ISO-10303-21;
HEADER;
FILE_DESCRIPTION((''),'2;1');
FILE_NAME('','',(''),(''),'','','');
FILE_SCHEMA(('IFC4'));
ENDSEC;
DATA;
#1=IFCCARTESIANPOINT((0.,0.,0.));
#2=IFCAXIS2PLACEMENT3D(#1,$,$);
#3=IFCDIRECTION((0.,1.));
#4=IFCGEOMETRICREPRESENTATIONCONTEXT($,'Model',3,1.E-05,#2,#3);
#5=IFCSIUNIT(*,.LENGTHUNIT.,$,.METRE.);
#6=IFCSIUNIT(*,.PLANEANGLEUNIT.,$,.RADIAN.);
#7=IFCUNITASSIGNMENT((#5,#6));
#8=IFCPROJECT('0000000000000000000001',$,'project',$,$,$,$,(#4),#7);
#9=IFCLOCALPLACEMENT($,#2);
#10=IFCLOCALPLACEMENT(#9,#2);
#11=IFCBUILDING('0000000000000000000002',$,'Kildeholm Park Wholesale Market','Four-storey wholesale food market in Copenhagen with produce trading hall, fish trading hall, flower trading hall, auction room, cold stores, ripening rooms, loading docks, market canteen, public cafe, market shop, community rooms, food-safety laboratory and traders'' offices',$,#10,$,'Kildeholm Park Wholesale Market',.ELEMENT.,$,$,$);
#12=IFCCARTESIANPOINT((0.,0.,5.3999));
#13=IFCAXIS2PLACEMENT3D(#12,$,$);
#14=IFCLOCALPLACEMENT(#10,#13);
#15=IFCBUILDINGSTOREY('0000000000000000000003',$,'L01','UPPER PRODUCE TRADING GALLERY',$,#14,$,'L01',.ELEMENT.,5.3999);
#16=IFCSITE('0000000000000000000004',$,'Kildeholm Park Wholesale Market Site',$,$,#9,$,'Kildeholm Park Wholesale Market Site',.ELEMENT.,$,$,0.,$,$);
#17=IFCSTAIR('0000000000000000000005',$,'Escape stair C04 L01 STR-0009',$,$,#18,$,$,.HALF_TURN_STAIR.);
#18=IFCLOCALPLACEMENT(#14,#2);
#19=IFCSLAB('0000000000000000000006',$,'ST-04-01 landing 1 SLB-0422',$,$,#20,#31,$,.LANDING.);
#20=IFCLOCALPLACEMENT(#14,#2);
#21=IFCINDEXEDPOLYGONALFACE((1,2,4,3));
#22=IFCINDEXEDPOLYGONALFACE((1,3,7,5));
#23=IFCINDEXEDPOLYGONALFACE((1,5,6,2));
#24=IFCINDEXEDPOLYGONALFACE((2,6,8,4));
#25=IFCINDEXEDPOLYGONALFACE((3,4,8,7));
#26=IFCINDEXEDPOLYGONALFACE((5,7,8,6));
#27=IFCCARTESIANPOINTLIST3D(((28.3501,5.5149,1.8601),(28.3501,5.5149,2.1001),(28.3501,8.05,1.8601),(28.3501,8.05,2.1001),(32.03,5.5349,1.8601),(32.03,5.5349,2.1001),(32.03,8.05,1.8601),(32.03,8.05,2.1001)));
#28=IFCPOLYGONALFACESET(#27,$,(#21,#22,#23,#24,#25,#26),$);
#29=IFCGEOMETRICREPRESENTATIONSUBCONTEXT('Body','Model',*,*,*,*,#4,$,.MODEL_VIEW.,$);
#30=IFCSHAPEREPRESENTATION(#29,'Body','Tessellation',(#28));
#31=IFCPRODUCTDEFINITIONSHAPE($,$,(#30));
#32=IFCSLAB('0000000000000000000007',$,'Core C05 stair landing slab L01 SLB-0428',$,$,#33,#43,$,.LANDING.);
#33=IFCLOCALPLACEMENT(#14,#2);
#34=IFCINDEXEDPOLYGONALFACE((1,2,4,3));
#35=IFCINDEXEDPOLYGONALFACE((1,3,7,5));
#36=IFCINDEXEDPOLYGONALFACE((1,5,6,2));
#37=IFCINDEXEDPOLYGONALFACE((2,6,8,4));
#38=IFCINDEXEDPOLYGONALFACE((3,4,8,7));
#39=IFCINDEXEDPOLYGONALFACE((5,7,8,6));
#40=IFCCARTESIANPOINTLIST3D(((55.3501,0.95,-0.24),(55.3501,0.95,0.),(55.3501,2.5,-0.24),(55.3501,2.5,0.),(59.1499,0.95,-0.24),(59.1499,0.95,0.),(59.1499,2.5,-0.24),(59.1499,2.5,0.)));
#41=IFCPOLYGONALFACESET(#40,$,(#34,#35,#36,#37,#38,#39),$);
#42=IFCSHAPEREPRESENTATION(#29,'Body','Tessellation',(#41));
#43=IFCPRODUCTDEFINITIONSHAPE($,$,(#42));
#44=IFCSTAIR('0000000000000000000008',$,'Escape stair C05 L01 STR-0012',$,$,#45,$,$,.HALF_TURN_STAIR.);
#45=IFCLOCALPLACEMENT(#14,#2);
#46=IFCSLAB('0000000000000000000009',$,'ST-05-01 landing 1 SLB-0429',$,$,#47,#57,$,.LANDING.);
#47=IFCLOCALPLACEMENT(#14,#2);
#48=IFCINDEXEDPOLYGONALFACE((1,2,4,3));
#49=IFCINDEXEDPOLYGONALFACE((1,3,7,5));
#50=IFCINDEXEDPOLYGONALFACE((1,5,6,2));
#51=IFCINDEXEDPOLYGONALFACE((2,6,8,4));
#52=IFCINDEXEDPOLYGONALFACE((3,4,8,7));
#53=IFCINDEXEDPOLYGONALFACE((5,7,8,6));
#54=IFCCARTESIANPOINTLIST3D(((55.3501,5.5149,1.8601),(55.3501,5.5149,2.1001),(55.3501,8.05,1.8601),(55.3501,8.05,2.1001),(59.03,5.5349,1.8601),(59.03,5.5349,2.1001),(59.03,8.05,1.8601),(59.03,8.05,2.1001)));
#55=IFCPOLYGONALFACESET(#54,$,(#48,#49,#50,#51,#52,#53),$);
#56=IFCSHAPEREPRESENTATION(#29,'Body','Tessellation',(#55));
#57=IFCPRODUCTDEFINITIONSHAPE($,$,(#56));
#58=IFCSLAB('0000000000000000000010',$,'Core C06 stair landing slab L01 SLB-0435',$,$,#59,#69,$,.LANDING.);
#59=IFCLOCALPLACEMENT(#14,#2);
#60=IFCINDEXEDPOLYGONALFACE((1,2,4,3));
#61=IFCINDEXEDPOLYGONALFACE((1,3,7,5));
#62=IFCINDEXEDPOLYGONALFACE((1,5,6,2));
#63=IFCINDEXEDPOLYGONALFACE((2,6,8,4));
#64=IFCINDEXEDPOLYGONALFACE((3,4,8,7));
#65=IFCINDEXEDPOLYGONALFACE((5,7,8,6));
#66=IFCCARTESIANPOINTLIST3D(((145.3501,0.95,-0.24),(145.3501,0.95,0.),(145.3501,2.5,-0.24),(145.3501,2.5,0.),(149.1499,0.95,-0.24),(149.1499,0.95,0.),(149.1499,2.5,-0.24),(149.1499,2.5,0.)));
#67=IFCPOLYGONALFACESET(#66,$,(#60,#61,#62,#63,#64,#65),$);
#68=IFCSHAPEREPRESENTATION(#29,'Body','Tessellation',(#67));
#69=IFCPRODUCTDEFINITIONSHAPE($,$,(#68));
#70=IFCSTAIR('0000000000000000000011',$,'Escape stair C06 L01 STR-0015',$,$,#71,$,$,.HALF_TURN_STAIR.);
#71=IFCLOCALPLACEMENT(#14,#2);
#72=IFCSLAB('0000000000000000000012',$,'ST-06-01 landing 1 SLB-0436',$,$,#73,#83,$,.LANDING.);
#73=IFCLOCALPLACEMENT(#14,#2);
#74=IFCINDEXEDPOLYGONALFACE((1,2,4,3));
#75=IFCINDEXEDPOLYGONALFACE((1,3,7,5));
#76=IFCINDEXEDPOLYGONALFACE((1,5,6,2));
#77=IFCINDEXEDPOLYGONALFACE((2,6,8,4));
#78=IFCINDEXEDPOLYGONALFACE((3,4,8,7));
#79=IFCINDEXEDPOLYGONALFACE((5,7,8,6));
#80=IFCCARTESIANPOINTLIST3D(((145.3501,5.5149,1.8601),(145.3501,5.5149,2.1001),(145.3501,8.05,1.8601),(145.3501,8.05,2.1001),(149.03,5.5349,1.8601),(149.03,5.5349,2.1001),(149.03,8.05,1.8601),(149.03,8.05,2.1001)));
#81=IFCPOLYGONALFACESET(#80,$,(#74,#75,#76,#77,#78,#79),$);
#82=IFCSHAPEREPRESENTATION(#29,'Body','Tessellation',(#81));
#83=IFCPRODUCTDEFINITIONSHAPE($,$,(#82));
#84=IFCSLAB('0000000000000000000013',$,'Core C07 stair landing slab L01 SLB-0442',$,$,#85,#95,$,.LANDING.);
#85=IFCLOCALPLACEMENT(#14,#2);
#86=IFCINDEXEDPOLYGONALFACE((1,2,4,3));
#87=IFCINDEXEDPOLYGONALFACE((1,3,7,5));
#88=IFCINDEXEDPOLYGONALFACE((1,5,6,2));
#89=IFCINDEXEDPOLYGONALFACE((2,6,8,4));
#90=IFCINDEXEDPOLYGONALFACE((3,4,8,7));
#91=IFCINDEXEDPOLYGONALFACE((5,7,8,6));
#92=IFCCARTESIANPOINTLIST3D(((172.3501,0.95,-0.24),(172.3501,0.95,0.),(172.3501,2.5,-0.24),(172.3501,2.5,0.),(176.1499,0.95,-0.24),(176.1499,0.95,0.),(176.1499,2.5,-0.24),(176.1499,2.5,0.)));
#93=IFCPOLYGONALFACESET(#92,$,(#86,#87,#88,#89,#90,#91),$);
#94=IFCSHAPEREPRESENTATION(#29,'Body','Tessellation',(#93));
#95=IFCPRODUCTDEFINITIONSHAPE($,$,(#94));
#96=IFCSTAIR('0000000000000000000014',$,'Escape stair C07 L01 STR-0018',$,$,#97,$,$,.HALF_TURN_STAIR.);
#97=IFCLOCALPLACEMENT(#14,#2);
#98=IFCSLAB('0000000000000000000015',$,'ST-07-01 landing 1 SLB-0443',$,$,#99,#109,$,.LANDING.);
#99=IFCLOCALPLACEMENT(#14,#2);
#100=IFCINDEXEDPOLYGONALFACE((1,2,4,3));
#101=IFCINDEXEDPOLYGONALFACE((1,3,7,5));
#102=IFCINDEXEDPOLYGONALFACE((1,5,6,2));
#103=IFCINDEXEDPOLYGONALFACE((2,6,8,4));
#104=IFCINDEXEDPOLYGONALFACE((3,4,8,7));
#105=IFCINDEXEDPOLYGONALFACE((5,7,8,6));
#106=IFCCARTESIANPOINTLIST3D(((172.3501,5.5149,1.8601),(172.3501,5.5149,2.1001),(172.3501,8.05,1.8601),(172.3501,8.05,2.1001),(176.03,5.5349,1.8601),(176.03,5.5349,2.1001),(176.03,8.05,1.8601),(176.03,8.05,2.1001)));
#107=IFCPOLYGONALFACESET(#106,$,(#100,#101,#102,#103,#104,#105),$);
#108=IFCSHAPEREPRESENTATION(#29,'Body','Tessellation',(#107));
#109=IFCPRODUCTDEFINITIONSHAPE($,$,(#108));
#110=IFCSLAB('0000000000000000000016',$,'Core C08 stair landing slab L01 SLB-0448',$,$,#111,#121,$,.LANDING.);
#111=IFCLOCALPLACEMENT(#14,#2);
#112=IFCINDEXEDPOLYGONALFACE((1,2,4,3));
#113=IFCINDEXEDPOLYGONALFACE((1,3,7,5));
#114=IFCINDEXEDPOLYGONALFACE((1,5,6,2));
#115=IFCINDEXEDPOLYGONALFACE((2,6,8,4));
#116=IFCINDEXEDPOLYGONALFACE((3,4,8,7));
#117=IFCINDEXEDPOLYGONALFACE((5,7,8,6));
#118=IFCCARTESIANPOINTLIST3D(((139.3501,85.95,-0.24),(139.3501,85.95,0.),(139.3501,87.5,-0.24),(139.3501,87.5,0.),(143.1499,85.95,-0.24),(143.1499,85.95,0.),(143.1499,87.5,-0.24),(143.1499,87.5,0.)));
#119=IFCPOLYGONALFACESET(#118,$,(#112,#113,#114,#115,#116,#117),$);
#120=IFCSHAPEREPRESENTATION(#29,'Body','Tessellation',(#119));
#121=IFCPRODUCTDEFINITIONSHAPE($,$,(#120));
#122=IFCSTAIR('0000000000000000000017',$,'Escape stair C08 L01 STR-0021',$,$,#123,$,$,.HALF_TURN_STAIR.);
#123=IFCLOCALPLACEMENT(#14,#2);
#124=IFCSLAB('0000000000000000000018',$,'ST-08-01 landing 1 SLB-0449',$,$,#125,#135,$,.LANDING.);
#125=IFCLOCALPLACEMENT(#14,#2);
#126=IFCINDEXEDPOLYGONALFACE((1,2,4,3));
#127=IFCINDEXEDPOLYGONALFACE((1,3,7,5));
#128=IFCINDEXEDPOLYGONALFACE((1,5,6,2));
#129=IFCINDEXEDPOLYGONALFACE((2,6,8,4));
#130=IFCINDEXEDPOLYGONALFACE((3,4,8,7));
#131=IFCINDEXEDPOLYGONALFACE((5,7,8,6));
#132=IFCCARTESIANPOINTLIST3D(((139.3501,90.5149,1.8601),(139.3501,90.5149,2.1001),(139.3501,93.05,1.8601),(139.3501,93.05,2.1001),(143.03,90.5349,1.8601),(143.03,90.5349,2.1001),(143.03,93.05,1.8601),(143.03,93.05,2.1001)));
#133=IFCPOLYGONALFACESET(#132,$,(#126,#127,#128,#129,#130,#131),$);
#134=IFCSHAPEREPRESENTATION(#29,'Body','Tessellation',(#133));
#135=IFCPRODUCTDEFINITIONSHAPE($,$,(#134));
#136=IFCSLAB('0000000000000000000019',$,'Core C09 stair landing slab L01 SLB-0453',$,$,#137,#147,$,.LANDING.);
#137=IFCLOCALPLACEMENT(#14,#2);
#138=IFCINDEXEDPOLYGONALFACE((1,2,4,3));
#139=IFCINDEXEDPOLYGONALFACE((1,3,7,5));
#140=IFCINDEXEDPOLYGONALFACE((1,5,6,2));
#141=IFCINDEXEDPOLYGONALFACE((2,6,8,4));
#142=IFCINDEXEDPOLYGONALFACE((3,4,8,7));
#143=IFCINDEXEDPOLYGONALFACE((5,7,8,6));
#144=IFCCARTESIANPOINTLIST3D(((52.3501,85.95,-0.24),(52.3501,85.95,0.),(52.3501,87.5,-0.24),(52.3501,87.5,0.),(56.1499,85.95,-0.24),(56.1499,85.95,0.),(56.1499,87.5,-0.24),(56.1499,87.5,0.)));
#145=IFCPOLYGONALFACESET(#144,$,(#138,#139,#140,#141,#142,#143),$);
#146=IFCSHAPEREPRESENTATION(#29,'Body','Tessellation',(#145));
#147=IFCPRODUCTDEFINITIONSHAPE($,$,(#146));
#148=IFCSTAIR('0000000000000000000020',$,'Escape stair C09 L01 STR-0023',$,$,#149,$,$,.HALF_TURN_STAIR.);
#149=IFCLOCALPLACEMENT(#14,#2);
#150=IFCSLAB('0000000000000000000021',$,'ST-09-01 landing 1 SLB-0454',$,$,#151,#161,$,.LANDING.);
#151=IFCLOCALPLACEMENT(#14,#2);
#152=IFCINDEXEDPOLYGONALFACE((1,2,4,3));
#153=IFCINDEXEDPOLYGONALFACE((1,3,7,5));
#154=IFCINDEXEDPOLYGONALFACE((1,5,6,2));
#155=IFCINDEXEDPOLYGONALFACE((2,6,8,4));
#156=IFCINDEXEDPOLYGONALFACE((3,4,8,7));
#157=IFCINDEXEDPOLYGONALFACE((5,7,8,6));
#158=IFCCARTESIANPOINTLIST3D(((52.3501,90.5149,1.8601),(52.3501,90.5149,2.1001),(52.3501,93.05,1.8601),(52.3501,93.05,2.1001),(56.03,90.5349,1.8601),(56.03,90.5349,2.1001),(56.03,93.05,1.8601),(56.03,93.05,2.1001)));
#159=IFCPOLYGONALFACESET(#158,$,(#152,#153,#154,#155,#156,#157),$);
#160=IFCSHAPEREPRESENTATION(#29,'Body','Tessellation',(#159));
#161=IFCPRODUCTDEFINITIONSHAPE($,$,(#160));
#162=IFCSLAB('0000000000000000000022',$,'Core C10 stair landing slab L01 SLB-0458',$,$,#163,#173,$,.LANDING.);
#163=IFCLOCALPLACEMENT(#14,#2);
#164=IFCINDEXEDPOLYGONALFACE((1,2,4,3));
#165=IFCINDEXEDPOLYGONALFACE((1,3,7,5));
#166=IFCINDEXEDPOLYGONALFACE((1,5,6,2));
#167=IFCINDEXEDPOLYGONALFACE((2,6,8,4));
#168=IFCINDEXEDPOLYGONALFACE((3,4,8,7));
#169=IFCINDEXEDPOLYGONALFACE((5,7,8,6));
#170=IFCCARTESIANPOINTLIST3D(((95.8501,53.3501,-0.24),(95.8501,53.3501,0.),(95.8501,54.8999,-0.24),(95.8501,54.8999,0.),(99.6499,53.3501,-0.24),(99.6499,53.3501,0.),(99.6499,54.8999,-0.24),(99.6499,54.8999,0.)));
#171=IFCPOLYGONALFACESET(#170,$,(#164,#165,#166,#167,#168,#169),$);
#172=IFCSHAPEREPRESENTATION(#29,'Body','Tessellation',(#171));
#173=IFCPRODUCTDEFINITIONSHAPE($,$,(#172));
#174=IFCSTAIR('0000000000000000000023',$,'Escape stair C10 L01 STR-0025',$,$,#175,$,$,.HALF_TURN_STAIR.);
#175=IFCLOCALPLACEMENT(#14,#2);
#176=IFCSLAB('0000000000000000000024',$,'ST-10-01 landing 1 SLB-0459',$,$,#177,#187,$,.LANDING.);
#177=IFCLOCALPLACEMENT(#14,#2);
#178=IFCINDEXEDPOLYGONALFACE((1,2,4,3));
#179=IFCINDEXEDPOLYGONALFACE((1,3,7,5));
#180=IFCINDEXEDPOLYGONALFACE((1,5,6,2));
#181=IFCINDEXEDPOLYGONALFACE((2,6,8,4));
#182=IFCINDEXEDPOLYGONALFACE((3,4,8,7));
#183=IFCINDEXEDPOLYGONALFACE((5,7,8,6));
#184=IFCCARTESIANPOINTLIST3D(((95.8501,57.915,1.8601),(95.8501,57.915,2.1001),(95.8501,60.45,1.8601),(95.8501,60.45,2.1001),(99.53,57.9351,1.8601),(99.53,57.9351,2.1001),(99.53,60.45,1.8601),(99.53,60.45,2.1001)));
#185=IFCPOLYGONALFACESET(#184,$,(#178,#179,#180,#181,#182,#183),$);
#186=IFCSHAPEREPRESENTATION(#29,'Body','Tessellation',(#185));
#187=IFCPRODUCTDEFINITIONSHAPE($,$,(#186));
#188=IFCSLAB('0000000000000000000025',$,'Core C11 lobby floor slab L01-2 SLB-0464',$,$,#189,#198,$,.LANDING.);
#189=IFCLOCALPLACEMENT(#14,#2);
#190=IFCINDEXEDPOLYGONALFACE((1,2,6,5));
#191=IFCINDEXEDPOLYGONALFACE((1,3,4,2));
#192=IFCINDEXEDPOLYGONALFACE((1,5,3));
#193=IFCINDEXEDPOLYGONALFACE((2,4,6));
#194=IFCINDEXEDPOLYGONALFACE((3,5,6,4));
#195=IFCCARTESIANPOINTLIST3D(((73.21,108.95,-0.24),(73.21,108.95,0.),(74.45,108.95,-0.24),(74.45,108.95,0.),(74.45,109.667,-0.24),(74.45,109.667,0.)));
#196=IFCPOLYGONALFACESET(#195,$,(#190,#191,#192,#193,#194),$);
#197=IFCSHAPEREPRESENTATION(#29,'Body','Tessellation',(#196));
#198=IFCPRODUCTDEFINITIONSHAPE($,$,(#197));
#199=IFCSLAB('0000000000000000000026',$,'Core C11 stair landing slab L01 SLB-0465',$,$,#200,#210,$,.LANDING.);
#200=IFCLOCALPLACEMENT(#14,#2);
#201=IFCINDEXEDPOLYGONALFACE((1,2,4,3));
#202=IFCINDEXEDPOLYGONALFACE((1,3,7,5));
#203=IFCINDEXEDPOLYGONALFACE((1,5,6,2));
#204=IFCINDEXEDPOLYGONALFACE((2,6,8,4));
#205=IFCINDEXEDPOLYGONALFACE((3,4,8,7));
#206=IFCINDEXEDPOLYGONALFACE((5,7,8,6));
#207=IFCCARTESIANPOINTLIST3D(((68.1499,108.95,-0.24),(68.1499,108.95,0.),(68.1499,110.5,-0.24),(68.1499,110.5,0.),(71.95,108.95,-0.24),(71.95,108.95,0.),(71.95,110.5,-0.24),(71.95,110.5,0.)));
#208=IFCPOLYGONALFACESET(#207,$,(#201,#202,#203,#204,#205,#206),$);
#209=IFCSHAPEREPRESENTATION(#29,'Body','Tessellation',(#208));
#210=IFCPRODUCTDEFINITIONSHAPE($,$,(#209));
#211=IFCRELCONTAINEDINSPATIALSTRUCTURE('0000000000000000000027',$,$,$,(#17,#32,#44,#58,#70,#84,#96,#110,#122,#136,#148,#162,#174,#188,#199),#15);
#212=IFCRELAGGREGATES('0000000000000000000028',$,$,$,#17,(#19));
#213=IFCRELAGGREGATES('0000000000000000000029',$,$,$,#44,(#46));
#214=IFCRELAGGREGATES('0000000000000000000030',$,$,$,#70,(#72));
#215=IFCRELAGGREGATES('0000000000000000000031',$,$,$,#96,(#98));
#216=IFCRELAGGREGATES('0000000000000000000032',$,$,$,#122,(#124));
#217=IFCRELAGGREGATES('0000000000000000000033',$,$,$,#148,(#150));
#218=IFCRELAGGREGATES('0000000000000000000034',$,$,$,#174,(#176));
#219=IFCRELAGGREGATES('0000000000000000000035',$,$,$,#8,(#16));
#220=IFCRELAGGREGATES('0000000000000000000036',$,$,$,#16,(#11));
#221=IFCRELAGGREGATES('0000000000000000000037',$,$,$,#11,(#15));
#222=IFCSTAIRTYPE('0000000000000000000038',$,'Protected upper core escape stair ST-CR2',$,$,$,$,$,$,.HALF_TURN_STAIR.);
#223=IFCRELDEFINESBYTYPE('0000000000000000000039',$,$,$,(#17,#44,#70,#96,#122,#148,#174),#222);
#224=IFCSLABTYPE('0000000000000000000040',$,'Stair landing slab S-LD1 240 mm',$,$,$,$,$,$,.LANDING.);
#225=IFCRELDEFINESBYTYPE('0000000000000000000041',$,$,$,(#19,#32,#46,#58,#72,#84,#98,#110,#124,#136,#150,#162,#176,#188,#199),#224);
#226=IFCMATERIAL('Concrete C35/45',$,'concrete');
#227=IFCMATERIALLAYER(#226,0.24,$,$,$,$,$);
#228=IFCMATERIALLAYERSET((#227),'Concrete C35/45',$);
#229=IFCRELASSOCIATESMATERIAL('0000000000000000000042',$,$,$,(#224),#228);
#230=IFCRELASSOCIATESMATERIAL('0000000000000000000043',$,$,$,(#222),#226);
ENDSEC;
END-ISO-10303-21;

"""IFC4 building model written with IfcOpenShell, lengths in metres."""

from ifc_helpers import new_model, si_unit, direction, frame, origin, place, context, subcontext, project, spatial, polyline, outline, extrude, material, layer, layer_set, type_object, element, aggregate, save


model = new_model("IFC4")

# Units and contexts
model_context = context("Model", 3, precision=1e-05, world=origin(), true_north=direction((0.0, 1.0)))
body_context = subcontext(model_context, "Body", "Model", "MODEL_VIEW")
ifc_project = project(units=[si_unit("LENGTHUNIT", "METRE"), si_unit("PLANEANGLEUNIT", "RADIAN")], contexts=[model_context])

# Site, building, storey
site_placement = place(None, origin())
site = spatial("IfcSite", under=ifc_project, at=site_placement, Name="Kildeholm Park Wholesale Market Site", LongName="Kildeholm Park Wholesale Market Site", CompositionType="ELEMENT", RefElevation=0.0)
building_placement = place(site_placement, origin())
building = spatial("IfcBuilding", under=site, at=building_placement, Name="Kildeholm Park Wholesale Market", Description="Four-storey wholesale food market in Copenhagen with produce trading hall, fish trading hall, flower trading hall, auction room, cold stores, ripening rooms, loading docks, market canteen, public cafe, market shop, community rooms, food-safety laboratory and traders' offices", LongName="Kildeholm Park Wholesale Market", CompositionType="ELEMENT")
storey_placement = place(building_placement, frame((0.0, 0.0, 5.3999)))
storey = spatial("IfcBuildingStorey", under=building, at=storey_placement, Name="L01", Description="UPPER PRODUCE TRADING GALLERY", LongName="L01", CompositionType="ELEMENT", Elevation=5.3999)

# Shared definitions
ifc_material_1 = material(Name="Concrete C35/45", Category="concrete")
ifc_layer_1 = layer(ifc_material_1, 0.24)
ifc_layer_set_1 = layer_set([ifc_layer_1], Name="Concrete C35/45")
slab_type_1 = type_object("IfcSlabType", Name="Stair landing slab S-LD1 240 mm", PredefinedType="LANDING", material=ifc_layer_set_1)

# Shared definitions
stair_type = type_object("IfcStairType", Name="Protected upper core escape stair ST-CR2", PredefinedType="HALF_TURN_STAIR", material=ifc_material_1)

# Stair, slab
stair_1_placement = place(storey_placement, origin())
stair_1 = element("IfcStair", 1, at=stair_1_placement, inside=storey, type_object=stair_type, Name="Escape stair C04 L01 STR-0009", PredefinedType="HALF_TURN_STAIR")
slab_1_placement = place(storey_placement, frame((0.0, 0.0, 1.8601)))
slab_1 = element("IfcSlab", 2, at=slab_1_placement, type_object=slab_type_1, Name="ST-04-01 landing 1 SLB-0422", PredefinedType="LANDING", context=body_context, shape_type="SweptSolid", body=[
    extrude(outline(polyline([(28.3501, 5.5149), (32.03, 5.5349), (32.03, 8.05), (28.3501, 8.05), (28.3501, 5.5149)])), origin(), (0.0, 0.0, 1.0), 0.24),
])
aggregate(stair_1, [slab_1])

# Slab
slab_2_placement = place(storey_placement, frame((0.0, 0.0, -0.24)))
element("IfcSlab", 3, at=slab_2_placement, inside=storey, type_object=slab_type_1, Name="Core C05 stair landing slab L01 SLB-0428", PredefinedType="LANDING", context=body_context, shape_type="SweptSolid", body=[
    extrude(outline(polyline([(55.3501, 0.95), (59.1499, 0.95), (59.1499, 2.5), (55.3501, 2.5), (55.3501, 0.95)])), origin(), (0.0, 0.0, 1.0), 0.24),
])

# Stair, slab
stair_2_placement = place(storey_placement, origin())
stair_2 = element("IfcStair", 4, at=stair_2_placement, inside=storey, type_object=stair_type, Name="Escape stair C05 L01 STR-0012", PredefinedType="HALF_TURN_STAIR")
slab_3_placement = place(storey_placement, frame((0.0, 0.0, 1.8601)))
slab_3 = element("IfcSlab", 5, at=slab_3_placement, type_object=slab_type_1, Name="ST-05-01 landing 1 SLB-0429", PredefinedType="LANDING", context=body_context, shape_type="SweptSolid", body=[
    extrude(outline(polyline([(55.3501, 5.5149), (59.03, 5.5349), (59.03, 8.05), (55.3501, 8.05), (55.3501, 5.5149)])), origin(), (0.0, 0.0, 1.0), 0.24),
])
aggregate(stair_2, [slab_3])

# Slab
slab_4_placement = place(storey_placement, frame((0.0, 0.0, -0.24)))
element("IfcSlab", 6, at=slab_4_placement, inside=storey, type_object=slab_type_1, Name="Core C06 stair landing slab L01 SLB-0435", PredefinedType="LANDING", context=body_context, shape_type="SweptSolid", body=[
    extrude(outline(polyline([(145.3501, 0.95), (149.1499, 0.95), (149.1499, 2.5), (145.3501, 2.5), (145.3501, 0.95)])), origin(), (0.0, 0.0, 1.0), 0.24),
])

# Stair, slab
stair_3_placement = place(storey_placement, origin())
stair_3 = element("IfcStair", 7, at=stair_3_placement, inside=storey, type_object=stair_type, Name="Escape stair C06 L01 STR-0015", PredefinedType="HALF_TURN_STAIR")
slab_5_placement = place(storey_placement, frame((0.0, 0.0, 1.8601)))
slab_5 = element("IfcSlab", 8, at=slab_5_placement, type_object=slab_type_1, Name="ST-06-01 landing 1 SLB-0436", PredefinedType="LANDING", context=body_context, shape_type="SweptSolid", body=[
    extrude(outline(polyline([(145.3501, 5.5149), (149.03, 5.5349), (149.03, 8.05), (145.3501, 8.05), (145.3501, 5.5149)])), origin(), (0.0, 0.0, 1.0), 0.24),
])
aggregate(stair_3, [slab_5])

# Slab
slab_6_placement = place(storey_placement, frame((0.0, 0.0, -0.24)))
element("IfcSlab", 9, at=slab_6_placement, inside=storey, type_object=slab_type_1, Name="Core C07 stair landing slab L01 SLB-0442", PredefinedType="LANDING", context=body_context, shape_type="SweptSolid", body=[
    extrude(outline(polyline([(172.3501, 0.95), (176.1499, 0.95), (176.1499, 2.5), (172.3501, 2.5), (172.3501, 0.95)])), origin(), (0.0, 0.0, 1.0), 0.24),
])

# Stair, slab
stair_4_placement = place(storey_placement, origin())
stair_4 = element("IfcStair", 10, at=stair_4_placement, inside=storey, type_object=stair_type, Name="Escape stair C07 L01 STR-0018", PredefinedType="HALF_TURN_STAIR")
slab_7_placement = place(storey_placement, frame((0.0, 0.0, 1.8601)))
slab_7 = element("IfcSlab", 11, at=slab_7_placement, type_object=slab_type_1, Name="ST-07-01 landing 1 SLB-0443", PredefinedType="LANDING", context=body_context, shape_type="SweptSolid", body=[
    extrude(outline(polyline([(172.3501, 5.5149), (176.03, 5.5349), (176.03, 8.05), (172.3501, 8.05), (172.3501, 5.5149)])), origin(), (0.0, 0.0, 1.0), 0.24),
])
aggregate(stair_4, [slab_7])

# Slab
slab_8_placement = place(storey_placement, frame((0.0, 0.0, -0.24)))
element("IfcSlab", 12, at=slab_8_placement, inside=storey, type_object=slab_type_1, Name="Core C08 stair landing slab L01 SLB-0448", PredefinedType="LANDING", context=body_context, shape_type="SweptSolid", body=[
    extrude(outline(polyline([(139.3501, 85.95), (143.1499, 85.95), (143.1499, 87.5), (139.3501, 87.5), (139.3501, 85.95)])), origin(), (0.0, 0.0, 1.0), 0.24),
])

# Stair, slab
stair_5_placement = place(storey_placement, origin())
stair_5 = element("IfcStair", 13, at=stair_5_placement, inside=storey, type_object=stair_type, Name="Escape stair C08 L01 STR-0021", PredefinedType="HALF_TURN_STAIR")
slab_9_placement = place(storey_placement, frame((0.0, 0.0, 1.8601)))
slab_9 = element("IfcSlab", 14, at=slab_9_placement, type_object=slab_type_1, Name="ST-08-01 landing 1 SLB-0449", PredefinedType="LANDING", context=body_context, shape_type="SweptSolid", body=[
    extrude(outline(polyline([(139.3501, 90.5149), (143.03, 90.5349), (143.03, 93.05), (139.3501, 93.05), (139.3501, 90.5149)])), origin(), (0.0, 0.0, 1.0), 0.24),
])
aggregate(stair_5, [slab_9])

# Slab
slab_10_placement = place(storey_placement, frame((0.0, 0.0, -0.24)))
element("IfcSlab", 15, at=slab_10_placement, inside=storey, type_object=slab_type_1, Name="Core C09 stair landing slab L01 SLB-0453", PredefinedType="LANDING", context=body_context, shape_type="SweptSolid", body=[
    extrude(outline(polyline([(52.3501, 85.95), (56.1499, 85.95), (56.1499, 87.5), (52.3501, 87.5), (52.3501, 85.95)])), origin(), (0.0, 0.0, 1.0), 0.24),
])

# Stair, slab
stair_6_placement = place(storey_placement, origin())
stair_6 = element("IfcStair", 16, at=stair_6_placement, inside=storey, type_object=stair_type, Name="Escape stair C09 L01 STR-0023", PredefinedType="HALF_TURN_STAIR")
slab_11_placement = place(storey_placement, frame((0.0, 0.0, 1.8601)))
slab_11 = element("IfcSlab", 17, at=slab_11_placement, type_object=slab_type_1, Name="ST-09-01 landing 1 SLB-0454", PredefinedType="LANDING", context=body_context, shape_type="SweptSolid", body=[
    extrude(outline(polyline([(52.3501, 90.5149), (56.03, 90.5349), (56.03, 93.05), (52.3501, 93.05), (52.3501, 90.5149)])), origin(), (0.0, 0.0, 1.0), 0.24),
])
aggregate(stair_6, [slab_11])

# Slab
slab_12_placement = place(storey_placement, frame((0.0, 0.0, -0.24)))
element("IfcSlab", 18, at=slab_12_placement, inside=storey, type_object=slab_type_1, Name="Core C10 stair landing slab L01 SLB-0458", PredefinedType="LANDING", context=body_context, shape_type="SweptSolid", body=[
    extrude(outline(polyline([(95.8501, 53.3501), (99.6499, 53.3501), (99.6499, 54.8999), (95.8501, 54.8999), (95.8501, 53.3501)])), origin(), (0.0, 0.0, 1.0), 0.24),
])

# Stair, slab
stair_7_placement = place(storey_placement, origin())
stair_7 = element("IfcStair", 19, at=stair_7_placement, inside=storey, type_object=stair_type, Name="Escape stair C10 L01 STR-0025", PredefinedType="HALF_TURN_STAIR")
slab_13_placement = place(storey_placement, frame((0.0, 0.0, 1.8601)))
slab_13 = element("IfcSlab", 20, at=slab_13_placement, type_object=slab_type_1, Name="ST-10-01 landing 1 SLB-0459", PredefinedType="LANDING", context=body_context, shape_type="SweptSolid", body=[
    extrude(outline(polyline([(95.8501, 57.915), (99.53, 57.9351), (99.53, 60.45), (95.8501, 60.45), (95.8501, 57.915)])), origin(), (0.0, 0.0, 1.0), 0.24),
])
aggregate(stair_7, [slab_13])

# Slabs
slab_14_placement = place(storey_placement, frame((0.0, 0.0, -0.24)))
element("IfcSlab", 21, at=slab_14_placement, inside=storey, type_object=slab_type_1, Name="Core C11 lobby floor slab L01-2 SLB-0464", PredefinedType="LANDING", context=body_context, shape_type="SweptSolid", body=[
    extrude(outline(polyline([(74.45, 108.95), (73.21, 108.95), (74.45, 109.667), (74.45, 108.95)])), origin(), (0.0, 0.0, 1.0), 0.24),
])
slab_15_placement = place(storey_placement, frame((0.0, 0.0, -0.24)))
element("IfcSlab", 22, at=slab_15_placement, inside=storey, type_object=slab_type_1, Name="Core C11 stair landing slab L01 SLB-0465", PredefinedType="LANDING", context=body_context, shape_type="SweptSolid", body=[
    extrude(outline(polyline([(68.1499, 108.95), (71.95, 108.95), (71.95, 110.5), (68.1499, 110.5), (68.1499, 108.95)])), origin(), (0.0, 0.0, 1.0), 0.24),
])

save(model, "model.ifc")
